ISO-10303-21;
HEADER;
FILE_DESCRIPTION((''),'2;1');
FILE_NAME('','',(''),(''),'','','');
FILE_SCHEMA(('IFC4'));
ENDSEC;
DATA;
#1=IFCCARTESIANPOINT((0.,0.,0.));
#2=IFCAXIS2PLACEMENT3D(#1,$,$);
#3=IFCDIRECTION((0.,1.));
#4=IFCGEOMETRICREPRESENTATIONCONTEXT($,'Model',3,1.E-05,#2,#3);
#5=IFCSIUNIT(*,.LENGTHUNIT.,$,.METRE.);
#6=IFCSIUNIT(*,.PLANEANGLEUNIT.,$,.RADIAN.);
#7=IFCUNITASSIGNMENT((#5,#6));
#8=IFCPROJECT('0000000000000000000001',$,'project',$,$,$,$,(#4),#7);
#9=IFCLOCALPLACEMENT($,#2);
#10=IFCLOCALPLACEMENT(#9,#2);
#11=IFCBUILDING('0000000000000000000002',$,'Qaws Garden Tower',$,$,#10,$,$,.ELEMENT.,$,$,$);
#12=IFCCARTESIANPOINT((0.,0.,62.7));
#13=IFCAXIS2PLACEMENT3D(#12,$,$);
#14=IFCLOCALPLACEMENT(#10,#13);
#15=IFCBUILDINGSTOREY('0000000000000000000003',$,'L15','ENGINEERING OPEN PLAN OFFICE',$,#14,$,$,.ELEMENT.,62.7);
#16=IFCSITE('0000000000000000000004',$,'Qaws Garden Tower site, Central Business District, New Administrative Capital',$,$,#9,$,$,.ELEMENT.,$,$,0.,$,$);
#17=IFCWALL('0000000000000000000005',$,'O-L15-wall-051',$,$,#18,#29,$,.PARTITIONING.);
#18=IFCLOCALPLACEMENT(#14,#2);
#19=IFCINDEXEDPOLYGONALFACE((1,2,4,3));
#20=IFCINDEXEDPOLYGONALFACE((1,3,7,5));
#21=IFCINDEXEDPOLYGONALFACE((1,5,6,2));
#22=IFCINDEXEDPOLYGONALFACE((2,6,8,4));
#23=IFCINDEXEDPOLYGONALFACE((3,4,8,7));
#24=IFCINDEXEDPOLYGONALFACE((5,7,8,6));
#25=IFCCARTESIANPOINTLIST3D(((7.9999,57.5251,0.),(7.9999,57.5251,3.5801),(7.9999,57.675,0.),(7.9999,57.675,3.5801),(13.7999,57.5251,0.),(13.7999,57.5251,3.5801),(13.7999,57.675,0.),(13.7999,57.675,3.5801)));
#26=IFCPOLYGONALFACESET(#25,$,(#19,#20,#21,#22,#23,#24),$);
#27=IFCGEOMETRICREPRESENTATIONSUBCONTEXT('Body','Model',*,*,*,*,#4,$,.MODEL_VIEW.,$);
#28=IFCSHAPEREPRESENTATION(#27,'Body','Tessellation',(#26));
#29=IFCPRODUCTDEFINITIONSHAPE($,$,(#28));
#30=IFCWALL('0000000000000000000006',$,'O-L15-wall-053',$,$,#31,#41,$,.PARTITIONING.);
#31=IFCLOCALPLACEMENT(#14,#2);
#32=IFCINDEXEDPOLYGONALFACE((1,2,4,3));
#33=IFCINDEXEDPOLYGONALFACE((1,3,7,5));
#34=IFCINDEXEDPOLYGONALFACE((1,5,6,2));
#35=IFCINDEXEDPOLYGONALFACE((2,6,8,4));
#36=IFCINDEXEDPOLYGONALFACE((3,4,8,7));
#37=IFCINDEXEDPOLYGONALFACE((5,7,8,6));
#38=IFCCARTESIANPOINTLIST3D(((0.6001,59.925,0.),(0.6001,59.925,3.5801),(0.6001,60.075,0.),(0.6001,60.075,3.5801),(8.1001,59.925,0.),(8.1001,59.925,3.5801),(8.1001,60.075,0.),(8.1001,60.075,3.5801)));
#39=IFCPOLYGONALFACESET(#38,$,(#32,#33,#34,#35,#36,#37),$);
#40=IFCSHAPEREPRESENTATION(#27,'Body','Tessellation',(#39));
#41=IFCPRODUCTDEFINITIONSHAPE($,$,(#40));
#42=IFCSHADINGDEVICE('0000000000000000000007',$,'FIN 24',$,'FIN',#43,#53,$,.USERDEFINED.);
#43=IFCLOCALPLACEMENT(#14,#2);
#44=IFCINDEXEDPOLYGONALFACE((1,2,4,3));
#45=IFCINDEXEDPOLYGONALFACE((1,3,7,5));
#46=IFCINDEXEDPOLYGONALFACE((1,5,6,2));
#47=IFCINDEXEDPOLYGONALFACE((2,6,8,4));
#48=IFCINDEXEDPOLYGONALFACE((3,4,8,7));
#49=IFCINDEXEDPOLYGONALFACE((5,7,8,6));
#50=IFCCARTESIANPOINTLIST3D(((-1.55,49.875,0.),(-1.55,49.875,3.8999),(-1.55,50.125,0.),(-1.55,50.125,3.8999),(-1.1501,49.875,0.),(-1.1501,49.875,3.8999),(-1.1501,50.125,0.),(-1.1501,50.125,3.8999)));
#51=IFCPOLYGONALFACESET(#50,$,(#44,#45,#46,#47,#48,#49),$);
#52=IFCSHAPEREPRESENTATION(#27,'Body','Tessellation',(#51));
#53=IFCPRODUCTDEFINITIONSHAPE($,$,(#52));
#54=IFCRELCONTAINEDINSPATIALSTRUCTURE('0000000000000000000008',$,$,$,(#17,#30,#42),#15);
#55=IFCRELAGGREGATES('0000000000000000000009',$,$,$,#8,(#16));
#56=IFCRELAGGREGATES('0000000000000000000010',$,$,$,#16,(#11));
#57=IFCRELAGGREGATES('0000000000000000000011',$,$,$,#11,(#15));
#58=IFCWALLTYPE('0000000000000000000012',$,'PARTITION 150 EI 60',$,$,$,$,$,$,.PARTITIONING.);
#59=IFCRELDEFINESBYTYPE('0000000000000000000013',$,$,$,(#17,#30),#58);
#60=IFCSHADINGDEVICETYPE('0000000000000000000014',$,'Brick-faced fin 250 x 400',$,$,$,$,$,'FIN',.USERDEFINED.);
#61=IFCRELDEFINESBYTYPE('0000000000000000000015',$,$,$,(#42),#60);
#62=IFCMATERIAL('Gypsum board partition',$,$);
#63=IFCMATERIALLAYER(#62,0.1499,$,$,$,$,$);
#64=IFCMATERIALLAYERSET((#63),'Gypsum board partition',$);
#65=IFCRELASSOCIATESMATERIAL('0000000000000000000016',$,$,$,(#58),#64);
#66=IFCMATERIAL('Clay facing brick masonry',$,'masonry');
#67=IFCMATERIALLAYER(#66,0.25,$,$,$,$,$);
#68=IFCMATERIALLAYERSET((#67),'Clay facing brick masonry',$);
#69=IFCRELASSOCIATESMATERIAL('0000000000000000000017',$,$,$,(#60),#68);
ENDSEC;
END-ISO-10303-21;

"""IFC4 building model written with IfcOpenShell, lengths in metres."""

from ifc_helpers import new_model, si_unit, direction, frame, frame_2d, origin, origin_2d, place, context, subcontext, project, spatial, rectangle, extrude, material, layer, layer_set, type_object, element, save


model = new_model("IFC4")

# Units and contexts
model_context = context("Model", 3, precision=1e-05, world=origin(), true_north=direction((0.0, 1.0)))
body_context = subcontext(model_context, "Body", "Model", "MODEL_VIEW")
ifc_project = project(units=[si_unit("LENGTHUNIT", "METRE"), si_unit("PLANEANGLEUNIT", "RADIAN")], contexts=[model_context])

# Site, building, storey
site_placement = place(None, origin())
site = spatial("IfcSite", under=ifc_project, at=site_placement, Name="Qaws Garden Tower site, Central Business District, New Administrative Capital", CompositionType="ELEMENT", RefElevation=0.0)
building_placement = place(site_placement, origin())
building = spatial("IfcBuilding", under=site, at=building_placement, Name="Qaws Garden Tower", CompositionType="ELEMENT")
storey_placement = place(building_placement, frame((0.0, 0.0, 62.7)))
storey = spatial("IfcBuildingStorey", under=building, at=storey_placement, Name="L15", Description="ENGINEERING OPEN PLAN OFFICE", CompositionType="ELEMENT", Elevation=62.7)

# Shared definitions
ifc_material_1 = material(Name="Gypsum board partition")
ifc_layer_1 = layer(ifc_material_1, 0.1499)
ifc_layer_set_1 = layer_set([ifc_layer_1], Name="Gypsum board partition")
wall_type_1 = type_object("IfcWallType", Name="PARTITION 150 EI 60", PredefinedType="PARTITIONING", material=ifc_layer_set_1)

# Walls
wall_1_placement = place(storey_placement, frame((8.0, 57.6001, 0.0), z_axis=(0.0, 0.0, 1.0), x_axis=(1.0, 0.0, 0.0)))
element("IfcWall", 1, at=wall_1_placement, inside=storey, type_object=wall_type_1, Name="O-L15-wall-051", PredefinedType="PARTITIONING", context=body_context, shape_type="SweptSolid", body=[
    extrude(rectangle(XDim=5.8, YDim=0.1499, at=frame_2d((2.8999, 0.0))), origin(), (0.0, 0.0, 1.0), 3.5801),
])
wall_2_placement = place(storey_placement, frame((0.6001, 60.0, 0.0), z_axis=(0.0, 0.0, 1.0), x_axis=(1.0, 0.0, 0.0)))
element("IfcWall", 2, at=wall_2_placement, inside=storey, type_object=wall_type_1, Name="O-L15-wall-053", PredefinedType="PARTITIONING", context=body_context, shape_type="SweptSolid", body=[
    extrude(rectangle(XDim=7.5, YDim=0.1499, at=frame_2d((3.75, 0.0))), origin(), (0.0, 0.0, 1.0), 3.5801),
])

# Shading device
ifc_material_2 = material(Name="Clay facing brick masonry", Category="masonry")
ifc_layer_2 = layer(ifc_material_2, 0.25)
ifc_layer_set_2 = layer_set([ifc_layer_2], Name="Clay facing brick masonry")
shading_device_type = type_object("IfcShadingDeviceType", Name="Brick-faced fin 250 x 400", ElementType="FIN", PredefinedType="USERDEFINED", material=ifc_layer_set_2)
shading_device_placement = place(storey_placement, frame((-1.3501, 50.0, 0.0), z_axis=(0.0, 0.0, 1.0), x_axis=(0.0, -1.0, 0.0)))
element("IfcShadingDevice", 3, at=shading_device_placement, inside=storey, type_object=shading_device_type, Name="FIN 24", ObjectType="FIN", PredefinedType="USERDEFINED", context=body_context, shape_type="SweptSolid", body=[
    extrude(rectangle(XDim=0.25, YDim=0.3999, at=origin_2d()), origin(), (0.0, 0.0, 1.0), 3.8999),
])

save(model, "model.ifc")
